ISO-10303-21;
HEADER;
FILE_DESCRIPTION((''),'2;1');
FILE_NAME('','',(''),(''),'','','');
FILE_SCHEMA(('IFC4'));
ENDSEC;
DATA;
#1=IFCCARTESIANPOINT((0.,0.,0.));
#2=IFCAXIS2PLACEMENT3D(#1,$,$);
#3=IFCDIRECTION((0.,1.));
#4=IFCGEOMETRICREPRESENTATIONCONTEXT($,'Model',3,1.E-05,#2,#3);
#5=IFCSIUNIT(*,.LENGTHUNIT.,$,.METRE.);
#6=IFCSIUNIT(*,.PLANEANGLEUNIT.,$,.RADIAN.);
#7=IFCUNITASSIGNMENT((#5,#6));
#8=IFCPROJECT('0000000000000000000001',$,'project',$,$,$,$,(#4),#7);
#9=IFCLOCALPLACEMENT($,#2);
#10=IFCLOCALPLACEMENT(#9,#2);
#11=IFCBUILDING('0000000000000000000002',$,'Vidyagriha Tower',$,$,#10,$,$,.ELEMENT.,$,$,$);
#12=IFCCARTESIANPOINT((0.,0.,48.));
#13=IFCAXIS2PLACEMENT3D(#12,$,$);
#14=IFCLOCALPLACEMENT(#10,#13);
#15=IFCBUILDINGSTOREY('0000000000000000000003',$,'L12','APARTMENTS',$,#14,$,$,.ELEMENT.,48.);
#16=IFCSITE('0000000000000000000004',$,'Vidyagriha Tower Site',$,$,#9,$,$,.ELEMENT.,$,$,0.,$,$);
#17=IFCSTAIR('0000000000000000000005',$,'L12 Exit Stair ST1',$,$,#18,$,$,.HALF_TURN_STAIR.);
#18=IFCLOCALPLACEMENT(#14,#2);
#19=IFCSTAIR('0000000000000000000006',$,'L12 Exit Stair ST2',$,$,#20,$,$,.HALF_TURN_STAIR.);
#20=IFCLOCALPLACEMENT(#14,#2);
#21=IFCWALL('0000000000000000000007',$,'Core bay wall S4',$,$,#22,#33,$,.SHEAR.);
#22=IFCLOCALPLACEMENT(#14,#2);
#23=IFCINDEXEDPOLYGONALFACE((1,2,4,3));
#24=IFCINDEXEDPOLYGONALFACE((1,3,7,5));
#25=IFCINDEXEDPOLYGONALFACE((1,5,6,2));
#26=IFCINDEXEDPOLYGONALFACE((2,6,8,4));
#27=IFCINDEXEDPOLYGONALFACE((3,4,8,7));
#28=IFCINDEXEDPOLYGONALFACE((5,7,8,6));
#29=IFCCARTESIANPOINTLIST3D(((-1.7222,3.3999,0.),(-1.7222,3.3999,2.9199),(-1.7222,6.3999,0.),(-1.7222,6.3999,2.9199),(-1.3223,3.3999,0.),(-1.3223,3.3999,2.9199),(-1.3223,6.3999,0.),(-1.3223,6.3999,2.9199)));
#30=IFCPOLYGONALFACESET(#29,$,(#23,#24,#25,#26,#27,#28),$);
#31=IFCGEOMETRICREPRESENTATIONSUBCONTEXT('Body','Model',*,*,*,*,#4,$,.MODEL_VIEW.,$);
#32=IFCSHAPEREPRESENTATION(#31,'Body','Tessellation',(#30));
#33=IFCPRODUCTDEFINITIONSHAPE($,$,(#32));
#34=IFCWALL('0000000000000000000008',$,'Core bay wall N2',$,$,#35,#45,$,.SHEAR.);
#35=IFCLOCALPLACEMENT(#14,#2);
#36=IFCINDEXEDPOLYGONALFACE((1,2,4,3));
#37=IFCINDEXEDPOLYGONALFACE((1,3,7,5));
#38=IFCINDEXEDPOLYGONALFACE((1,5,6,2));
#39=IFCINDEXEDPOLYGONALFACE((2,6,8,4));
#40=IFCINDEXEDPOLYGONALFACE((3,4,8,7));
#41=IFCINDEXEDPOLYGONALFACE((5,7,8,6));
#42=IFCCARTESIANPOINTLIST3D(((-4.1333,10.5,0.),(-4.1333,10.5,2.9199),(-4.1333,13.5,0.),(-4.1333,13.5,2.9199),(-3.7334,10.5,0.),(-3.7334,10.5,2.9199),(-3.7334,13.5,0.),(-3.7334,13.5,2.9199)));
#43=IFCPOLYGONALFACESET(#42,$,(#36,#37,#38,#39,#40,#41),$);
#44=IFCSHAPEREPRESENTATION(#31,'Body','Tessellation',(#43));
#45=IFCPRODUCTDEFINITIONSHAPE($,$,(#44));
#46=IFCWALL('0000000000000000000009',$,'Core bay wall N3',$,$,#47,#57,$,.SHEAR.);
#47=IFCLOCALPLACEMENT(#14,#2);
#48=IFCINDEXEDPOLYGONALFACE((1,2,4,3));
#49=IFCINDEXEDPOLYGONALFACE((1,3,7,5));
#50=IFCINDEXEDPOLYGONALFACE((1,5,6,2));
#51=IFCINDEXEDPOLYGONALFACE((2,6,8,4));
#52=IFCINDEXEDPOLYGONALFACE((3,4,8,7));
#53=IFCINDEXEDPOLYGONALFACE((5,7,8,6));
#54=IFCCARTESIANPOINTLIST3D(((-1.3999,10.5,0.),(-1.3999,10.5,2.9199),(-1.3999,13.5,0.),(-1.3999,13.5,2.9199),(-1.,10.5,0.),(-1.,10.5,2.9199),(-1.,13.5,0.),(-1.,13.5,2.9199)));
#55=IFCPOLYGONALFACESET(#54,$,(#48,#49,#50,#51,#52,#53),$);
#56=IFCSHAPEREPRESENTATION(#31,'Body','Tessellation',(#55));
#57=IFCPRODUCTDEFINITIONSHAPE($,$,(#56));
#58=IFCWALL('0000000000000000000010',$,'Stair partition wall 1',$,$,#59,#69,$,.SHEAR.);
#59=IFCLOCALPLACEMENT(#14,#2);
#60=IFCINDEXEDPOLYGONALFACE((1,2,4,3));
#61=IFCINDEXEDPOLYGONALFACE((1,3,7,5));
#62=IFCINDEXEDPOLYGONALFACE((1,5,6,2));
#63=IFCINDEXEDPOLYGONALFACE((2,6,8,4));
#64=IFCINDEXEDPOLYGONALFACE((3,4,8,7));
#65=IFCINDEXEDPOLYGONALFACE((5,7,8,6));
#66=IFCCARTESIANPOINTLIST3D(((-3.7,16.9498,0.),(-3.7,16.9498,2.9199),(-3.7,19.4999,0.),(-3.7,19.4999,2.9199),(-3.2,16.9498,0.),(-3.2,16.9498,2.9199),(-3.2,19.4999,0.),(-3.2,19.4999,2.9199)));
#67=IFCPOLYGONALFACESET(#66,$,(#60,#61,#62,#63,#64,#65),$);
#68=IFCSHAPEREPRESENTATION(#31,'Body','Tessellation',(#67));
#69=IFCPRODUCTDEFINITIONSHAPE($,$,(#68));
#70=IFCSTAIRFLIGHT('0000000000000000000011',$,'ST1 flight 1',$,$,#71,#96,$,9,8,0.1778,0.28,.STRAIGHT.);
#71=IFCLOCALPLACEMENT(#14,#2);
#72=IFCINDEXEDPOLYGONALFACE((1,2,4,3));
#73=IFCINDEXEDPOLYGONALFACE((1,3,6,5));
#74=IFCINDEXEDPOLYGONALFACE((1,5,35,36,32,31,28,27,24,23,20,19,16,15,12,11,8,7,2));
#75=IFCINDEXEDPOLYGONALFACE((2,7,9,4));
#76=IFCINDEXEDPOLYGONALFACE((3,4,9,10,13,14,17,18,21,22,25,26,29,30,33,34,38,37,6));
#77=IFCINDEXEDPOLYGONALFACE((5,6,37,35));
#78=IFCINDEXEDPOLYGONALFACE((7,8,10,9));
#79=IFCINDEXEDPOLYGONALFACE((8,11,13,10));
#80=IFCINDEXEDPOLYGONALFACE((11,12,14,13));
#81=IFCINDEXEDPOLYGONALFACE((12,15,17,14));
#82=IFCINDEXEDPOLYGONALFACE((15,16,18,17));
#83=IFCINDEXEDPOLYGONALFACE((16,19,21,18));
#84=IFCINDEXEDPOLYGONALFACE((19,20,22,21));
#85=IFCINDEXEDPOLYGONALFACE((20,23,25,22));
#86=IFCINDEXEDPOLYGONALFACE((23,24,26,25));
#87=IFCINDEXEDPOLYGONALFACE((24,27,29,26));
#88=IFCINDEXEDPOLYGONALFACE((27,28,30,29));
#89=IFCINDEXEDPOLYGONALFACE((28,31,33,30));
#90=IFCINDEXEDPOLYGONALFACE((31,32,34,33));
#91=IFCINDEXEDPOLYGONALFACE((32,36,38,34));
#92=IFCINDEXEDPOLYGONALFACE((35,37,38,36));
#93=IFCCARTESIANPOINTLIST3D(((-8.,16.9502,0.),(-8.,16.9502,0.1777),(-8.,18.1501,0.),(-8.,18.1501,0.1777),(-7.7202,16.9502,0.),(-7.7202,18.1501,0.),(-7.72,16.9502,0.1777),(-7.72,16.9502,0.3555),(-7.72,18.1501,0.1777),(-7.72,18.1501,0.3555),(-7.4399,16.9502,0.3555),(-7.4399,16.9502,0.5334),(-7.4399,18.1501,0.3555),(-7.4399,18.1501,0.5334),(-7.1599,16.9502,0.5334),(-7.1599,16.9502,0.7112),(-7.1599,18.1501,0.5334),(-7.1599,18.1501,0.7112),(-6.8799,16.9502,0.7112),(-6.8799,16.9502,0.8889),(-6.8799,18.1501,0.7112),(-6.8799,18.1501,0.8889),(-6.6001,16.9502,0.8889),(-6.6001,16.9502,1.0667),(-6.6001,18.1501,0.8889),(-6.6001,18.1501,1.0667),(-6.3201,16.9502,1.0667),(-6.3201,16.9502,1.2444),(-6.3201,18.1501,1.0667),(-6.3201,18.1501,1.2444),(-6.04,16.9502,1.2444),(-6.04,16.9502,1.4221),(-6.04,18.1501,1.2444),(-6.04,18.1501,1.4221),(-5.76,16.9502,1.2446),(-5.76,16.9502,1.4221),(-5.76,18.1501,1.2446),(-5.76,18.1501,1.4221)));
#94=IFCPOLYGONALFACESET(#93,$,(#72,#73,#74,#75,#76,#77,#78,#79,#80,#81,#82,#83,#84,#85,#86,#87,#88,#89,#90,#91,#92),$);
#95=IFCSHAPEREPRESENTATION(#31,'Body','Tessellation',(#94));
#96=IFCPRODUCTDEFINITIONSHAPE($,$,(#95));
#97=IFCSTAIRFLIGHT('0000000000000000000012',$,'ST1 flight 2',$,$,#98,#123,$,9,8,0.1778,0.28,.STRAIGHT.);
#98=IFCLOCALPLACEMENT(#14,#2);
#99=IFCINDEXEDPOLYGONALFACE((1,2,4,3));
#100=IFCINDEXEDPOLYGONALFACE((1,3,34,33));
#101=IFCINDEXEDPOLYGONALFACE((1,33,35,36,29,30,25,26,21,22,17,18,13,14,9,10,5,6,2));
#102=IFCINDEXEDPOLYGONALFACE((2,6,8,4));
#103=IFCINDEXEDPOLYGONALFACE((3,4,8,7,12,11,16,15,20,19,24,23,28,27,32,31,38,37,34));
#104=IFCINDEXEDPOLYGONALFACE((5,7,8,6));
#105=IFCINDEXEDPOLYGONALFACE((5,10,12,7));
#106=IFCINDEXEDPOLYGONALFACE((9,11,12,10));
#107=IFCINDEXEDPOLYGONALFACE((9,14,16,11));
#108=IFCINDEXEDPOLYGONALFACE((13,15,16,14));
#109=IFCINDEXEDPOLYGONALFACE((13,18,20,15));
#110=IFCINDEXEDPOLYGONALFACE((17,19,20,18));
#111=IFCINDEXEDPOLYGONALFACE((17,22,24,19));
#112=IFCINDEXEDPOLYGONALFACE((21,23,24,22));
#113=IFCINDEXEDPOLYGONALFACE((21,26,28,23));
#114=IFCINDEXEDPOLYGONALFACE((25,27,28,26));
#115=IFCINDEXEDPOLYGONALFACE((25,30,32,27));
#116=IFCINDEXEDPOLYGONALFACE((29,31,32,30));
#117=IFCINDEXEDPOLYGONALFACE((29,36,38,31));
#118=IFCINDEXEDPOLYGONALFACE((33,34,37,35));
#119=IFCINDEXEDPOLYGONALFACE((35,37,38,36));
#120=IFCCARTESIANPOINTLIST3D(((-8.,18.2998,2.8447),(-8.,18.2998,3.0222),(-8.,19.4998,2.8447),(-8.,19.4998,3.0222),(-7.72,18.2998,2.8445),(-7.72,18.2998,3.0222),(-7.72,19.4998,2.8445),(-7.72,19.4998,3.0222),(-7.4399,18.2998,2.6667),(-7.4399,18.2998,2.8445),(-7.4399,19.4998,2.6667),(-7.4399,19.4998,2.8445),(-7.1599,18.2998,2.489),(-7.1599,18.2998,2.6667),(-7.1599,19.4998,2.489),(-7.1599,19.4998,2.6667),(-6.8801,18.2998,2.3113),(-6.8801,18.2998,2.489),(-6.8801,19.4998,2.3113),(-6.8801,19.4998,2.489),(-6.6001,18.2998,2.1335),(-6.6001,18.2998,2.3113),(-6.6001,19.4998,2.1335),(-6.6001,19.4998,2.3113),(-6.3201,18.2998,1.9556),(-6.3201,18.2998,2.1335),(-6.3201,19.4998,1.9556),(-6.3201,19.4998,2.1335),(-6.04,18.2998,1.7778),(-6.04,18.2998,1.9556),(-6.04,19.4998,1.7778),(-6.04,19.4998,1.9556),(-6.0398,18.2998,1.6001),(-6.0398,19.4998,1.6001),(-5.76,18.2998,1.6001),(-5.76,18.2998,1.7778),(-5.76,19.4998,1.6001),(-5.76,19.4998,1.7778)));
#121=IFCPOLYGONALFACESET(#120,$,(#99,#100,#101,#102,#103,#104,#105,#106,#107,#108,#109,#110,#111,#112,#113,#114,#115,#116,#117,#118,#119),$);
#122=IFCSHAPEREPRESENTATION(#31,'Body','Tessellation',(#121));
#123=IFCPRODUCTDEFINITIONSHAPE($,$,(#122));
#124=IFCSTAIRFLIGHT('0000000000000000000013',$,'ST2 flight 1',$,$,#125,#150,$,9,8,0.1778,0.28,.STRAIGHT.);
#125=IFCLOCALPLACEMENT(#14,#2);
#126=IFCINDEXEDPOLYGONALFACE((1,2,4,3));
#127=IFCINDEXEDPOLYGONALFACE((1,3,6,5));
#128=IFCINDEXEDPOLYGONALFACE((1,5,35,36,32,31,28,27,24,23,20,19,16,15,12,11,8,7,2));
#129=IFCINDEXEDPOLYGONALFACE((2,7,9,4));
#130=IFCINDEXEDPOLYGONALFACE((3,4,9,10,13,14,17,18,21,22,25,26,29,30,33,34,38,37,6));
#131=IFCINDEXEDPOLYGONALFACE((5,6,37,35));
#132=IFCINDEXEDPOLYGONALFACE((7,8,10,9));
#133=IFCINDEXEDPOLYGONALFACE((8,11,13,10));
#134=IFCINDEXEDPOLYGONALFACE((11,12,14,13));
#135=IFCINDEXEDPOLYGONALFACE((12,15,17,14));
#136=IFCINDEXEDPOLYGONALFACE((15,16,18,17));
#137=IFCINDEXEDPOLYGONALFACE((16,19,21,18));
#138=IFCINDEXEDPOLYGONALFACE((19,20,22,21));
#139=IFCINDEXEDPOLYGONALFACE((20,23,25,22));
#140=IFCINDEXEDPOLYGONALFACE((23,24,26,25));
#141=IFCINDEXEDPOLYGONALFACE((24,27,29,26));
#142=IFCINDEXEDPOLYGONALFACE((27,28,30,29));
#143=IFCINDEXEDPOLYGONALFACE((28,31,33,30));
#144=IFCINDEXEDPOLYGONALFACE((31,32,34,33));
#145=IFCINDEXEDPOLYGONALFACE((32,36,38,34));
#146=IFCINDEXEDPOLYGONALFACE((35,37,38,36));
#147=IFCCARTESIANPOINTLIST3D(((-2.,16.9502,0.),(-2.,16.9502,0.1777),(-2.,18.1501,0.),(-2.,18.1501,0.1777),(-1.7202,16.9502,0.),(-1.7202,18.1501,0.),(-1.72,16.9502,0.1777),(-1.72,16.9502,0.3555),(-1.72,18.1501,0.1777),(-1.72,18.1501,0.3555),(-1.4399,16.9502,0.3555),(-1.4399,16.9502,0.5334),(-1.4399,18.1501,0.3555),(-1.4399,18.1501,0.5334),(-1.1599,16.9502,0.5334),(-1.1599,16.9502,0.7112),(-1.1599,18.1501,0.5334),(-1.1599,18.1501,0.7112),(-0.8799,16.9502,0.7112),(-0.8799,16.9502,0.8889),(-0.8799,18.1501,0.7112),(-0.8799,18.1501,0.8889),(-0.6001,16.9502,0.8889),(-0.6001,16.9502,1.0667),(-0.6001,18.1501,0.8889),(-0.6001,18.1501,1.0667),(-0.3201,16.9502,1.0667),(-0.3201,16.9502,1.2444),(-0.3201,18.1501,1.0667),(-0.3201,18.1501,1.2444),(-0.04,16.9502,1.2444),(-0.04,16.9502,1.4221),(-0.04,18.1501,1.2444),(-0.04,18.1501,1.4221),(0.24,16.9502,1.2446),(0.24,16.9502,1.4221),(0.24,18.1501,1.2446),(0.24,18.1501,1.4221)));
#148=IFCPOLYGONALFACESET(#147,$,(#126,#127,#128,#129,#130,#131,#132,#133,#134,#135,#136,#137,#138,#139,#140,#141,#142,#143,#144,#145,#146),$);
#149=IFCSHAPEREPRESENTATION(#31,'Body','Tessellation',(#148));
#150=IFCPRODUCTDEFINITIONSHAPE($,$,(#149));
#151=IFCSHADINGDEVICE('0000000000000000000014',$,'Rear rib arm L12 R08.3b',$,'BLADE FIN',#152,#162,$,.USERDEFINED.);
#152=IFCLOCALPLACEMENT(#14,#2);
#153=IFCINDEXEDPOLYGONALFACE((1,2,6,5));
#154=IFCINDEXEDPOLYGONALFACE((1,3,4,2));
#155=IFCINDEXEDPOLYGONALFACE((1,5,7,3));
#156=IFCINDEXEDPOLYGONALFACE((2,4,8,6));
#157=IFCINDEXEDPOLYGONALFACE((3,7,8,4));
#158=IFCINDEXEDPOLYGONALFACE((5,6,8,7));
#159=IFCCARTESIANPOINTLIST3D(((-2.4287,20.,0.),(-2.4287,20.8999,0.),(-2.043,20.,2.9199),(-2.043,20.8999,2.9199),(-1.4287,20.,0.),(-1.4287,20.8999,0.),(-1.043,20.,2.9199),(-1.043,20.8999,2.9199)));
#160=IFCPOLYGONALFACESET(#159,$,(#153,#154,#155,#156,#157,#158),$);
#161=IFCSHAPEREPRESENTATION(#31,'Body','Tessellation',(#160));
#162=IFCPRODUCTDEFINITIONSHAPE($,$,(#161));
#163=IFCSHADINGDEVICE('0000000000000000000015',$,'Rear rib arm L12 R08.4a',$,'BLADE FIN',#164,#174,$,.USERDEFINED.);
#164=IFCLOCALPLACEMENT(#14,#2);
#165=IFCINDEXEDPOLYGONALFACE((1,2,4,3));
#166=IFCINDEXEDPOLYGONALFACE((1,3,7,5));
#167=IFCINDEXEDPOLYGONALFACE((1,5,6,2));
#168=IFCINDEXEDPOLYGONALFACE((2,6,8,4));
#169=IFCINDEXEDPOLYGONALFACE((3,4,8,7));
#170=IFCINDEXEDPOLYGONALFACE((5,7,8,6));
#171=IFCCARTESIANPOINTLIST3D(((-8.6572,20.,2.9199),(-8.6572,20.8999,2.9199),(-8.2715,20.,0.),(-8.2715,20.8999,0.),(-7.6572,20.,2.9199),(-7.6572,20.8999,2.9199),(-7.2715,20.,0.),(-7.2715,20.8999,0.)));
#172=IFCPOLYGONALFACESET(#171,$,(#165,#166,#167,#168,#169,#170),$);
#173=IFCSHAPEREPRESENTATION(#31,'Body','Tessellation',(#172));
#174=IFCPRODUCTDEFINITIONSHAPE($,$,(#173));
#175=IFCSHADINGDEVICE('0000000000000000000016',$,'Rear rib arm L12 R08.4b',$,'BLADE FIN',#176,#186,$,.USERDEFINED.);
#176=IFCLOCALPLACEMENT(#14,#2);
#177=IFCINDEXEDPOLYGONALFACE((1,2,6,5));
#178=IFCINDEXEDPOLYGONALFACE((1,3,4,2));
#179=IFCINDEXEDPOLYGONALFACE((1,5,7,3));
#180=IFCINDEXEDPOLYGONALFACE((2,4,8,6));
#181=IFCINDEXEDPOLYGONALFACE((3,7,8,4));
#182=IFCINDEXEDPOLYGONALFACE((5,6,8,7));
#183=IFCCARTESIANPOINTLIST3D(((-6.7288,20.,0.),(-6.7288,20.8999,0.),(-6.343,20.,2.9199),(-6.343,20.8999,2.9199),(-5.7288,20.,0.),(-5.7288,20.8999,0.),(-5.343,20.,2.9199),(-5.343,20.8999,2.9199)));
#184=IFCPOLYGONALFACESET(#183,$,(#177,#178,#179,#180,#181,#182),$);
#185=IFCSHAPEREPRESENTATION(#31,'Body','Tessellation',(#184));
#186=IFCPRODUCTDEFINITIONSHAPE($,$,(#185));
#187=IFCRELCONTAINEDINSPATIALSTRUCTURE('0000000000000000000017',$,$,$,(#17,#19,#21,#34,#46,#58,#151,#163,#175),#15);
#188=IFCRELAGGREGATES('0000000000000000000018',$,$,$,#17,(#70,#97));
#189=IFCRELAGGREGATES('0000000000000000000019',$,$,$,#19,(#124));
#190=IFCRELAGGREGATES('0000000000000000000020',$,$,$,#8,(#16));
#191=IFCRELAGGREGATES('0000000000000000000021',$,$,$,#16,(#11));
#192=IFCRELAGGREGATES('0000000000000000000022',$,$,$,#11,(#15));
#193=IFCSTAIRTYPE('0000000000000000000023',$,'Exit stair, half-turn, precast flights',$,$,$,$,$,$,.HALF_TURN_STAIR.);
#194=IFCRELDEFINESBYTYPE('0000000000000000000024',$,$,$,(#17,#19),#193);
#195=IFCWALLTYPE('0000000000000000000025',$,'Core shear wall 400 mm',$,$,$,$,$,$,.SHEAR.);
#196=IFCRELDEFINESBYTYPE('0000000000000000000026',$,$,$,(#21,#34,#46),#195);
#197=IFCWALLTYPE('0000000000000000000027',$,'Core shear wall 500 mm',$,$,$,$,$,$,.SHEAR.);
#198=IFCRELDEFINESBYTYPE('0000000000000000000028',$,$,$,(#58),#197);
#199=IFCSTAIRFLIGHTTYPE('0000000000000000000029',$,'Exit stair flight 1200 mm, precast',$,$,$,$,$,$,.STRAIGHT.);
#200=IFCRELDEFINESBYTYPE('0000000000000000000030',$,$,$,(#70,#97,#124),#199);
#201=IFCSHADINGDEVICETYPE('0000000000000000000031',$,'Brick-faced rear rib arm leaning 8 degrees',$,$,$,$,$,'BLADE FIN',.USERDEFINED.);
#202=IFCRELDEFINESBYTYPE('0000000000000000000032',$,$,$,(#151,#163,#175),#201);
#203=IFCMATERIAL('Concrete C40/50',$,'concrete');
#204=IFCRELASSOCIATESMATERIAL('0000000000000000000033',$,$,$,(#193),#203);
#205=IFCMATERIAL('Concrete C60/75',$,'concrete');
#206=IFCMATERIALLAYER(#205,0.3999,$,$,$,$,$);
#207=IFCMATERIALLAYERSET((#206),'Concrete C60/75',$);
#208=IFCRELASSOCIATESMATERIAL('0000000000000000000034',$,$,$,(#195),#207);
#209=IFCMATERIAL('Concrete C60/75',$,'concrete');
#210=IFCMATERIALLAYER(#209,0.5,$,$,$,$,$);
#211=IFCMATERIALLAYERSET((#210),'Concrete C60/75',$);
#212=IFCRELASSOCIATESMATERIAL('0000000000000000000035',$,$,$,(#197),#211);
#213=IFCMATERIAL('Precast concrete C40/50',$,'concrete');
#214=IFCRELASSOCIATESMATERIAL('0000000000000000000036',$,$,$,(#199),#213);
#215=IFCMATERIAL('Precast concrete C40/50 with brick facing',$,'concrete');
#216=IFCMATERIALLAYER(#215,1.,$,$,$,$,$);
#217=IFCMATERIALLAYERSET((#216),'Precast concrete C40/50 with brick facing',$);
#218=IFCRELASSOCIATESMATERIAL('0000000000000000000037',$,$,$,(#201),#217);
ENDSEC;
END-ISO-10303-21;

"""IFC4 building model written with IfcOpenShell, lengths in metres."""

from ifc_helpers import new_model, si_unit, direction, frame, frame_2d, origin, place, context, subcontext, project, spatial, polyline, rectangle, outline, extrude, material, layer, layer_set, type_object, element, aggregate, save


model = new_model("IFC4")

# Units and contexts
model_context = context("Model", 3, precision=1e-05, world=origin(), true_north=direction((0.0, 1.0)))
body_context = subcontext(model_context, "Body", "Model", "MODEL_VIEW")
ifc_project = project(units=[si_unit("LENGTHUNIT", "METRE"), si_unit("PLANEANGLEUNIT", "RADIAN")], contexts=[model_context])

# Site, building, storey
site_placement = place(None, origin())
site = spatial("IfcSite", under=ifc_project, at=site_placement, Name="Vidyagriha Tower Site", CompositionType="ELEMENT", RefElevation=0.0)
building_placement = place(site_placement, origin())
building = spatial("IfcBuilding", under=site, at=building_placement, Name="Vidyagriha Tower", CompositionType="ELEMENT")
storey_placement = place(building_placement, frame((0.0, 0.0, 48.0)))
storey = spatial("IfcBuildingStorey", under=building, at=storey_placement, Name="L12", Description="APARTMENTS", CompositionType="ELEMENT", Elevation=48.0)

# Stairs
ifc_material_1 = material(Name="Concrete C40/50", Category="concrete")
stair_type = type_object("IfcStairType", Name="Exit stair, half-turn, precast flights", PredefinedType="HALF_TURN_STAIR", material=ifc_material_1)
stair_1_placement = place(storey_placement, origin())
stair_1 = element("IfcStair", 1, at=stair_1_placement, inside=storey, type_object=stair_type, Name="L12 Exit Stair ST1", PredefinedType="HALF_TURN_STAIR")
stair_2_placement = place(storey_placement, origin())
stair_2 = element("IfcStair", 2, at=stair_2_placement, inside=storey, type_object=stair_type, Name="L12 Exit Stair ST2", PredefinedType="HALF_TURN_STAIR")

# Walls
ifc_material_2 = material(Name="Concrete C60/75", Category="concrete")
ifc_layer_1 = layer(ifc_material_2, 0.3999)
ifc_layer_set_1 = layer_set([ifc_layer_1], Name="Concrete C60/75")
wall_type_1 = type_object("IfcWallType", Name="Core shear wall 400 mm", PredefinedType="SHEAR", material=ifc_layer_set_1)
for number, where, z_axis, x_axis, name in (
    (3, (-1.5222, 3.3999, 0.0), (0.0, 0.0, 1.0), (0.0, 1.0, 0.0), "Core bay wall S4"),
    (4, (-3.9333, 10.5, 0.0), (0.0, 0.0, 1.0), (0.0, 1.0, 0.0), "Core bay wall N2"),
    (5, (-1.2, 10.5, 0.0), (0.0, 0.0, 1.0), (0.0, 1.0, 0.0), "Core bay wall N3"),
):
    element("IfcWall", number, at=place(storey_placement, frame(where, z_axis=z_axis, x_axis=x_axis)), inside=storey, type_object=wall_type_1, Name=name, PredefinedType="SHEAR", context=body_context, shape_type="SweptSolid", body=[
        extrude(rectangle(XDim=3.0, YDim=0.3999, at=frame_2d((1.5, 0.0))), origin(), (0.0, 0.0, 1.0), 2.9199),
    ])
ifc_material_3 = material(Name="Concrete C60/75", Category="concrete")
ifc_layer_2 = layer(ifc_material_3, 0.5)
ifc_layer_set_2 = layer_set([ifc_layer_2], Name="Concrete C60/75")
wall_type_2 = type_object("IfcWallType", Name="Core shear wall 500 mm", PredefinedType="SHEAR", material=ifc_layer_set_2)
wall_placement = place(storey_placement, frame((-3.45, 16.95, 0.0), z_axis=(0.0, 0.0, 1.0), x_axis=(0.0, 1.0, 0.0)))
element("IfcWall", 6, at=wall_placement, inside=storey, type_object=wall_type_2, Name="Stair partition wall 1", PredefinedType="SHEAR", context=body_context, shape_type="SweptSolid", body=[
    extrude(rectangle(XDim=2.55, YDim=0.5, at=frame_2d((1.2749, 0.0))), origin(), (0.0, 0.0, 1.0), 2.9199),
])

# Stair flights
ifc_material_4 = material(Name="Precast concrete C40/50", Category="concrete")
stair_flight_type = type_object("IfcStairFlightType", Name="Exit stair flight 1200 mm, precast", PredefinedType="STRAIGHT", material=ifc_material_4)
stair_flight_1_placement = place(storey_placement, frame((-8.0, 17.55, 0.0)))
stair_flight_1 = element("IfcStairFlight", 7, at=stair_flight_1_placement, type_object=stair_flight_type, Name="ST1 flight 1", NumberOfRisers=9, NumberOfTreads=8, PredefinedType="STRAIGHT", RiserHeight=0.1778, TreadLength=0.28, context=body_context, shape_type="SweptSolid", body=[
    extrude(outline(polyline([(0.0, 0.0), (0.0, 0.1777), (0.28, 0.1777), (0.28, 0.3555), (0.5601, 0.3555), (0.5601, 0.5334), (0.8401, 0.5334), (0.8401, 0.7112), (1.1201, 0.7112), (1.1201, 0.8889), (1.3999, 0.8889), (1.3999, 1.0667), (1.6799, 1.0667), (1.6799, 1.2444), (1.96, 1.2444), (1.96, 1.4221), (2.24, 1.4221), (2.24, 1.6001), (2.24, 1.2446), (0.2798, 0.0), (0.0, 0.0)])), frame((0.0, 0.6001, 0.0), z_axis=(0.0, -1.0, 0.0), x_axis=(1.0, 0.0, 0.0)), (0.0, 0.0, 1.0), 1.2),
])
stair_flight_2_placement = place(storey_placement, frame((-5.76, 18.8999, 1.6001), z_axis=(0.0, 0.0, 1.0), x_axis=(-1.0, 0.0, 0.0)))
stair_flight_2 = element("IfcStairFlight", 8, at=stair_flight_2_placement, type_object=stair_flight_type, Name="ST1 flight 2", NumberOfRisers=9, NumberOfTreads=8, PredefinedType="STRAIGHT", RiserHeight=0.1778, TreadLength=0.28, context=body_context, shape_type="SweptSolid", body=[
    extrude(outline(polyline([(0.0, 0.0), (0.0, 0.1777), (0.28, 0.1777), (0.28, 0.3555), (0.5601, 0.3555), (0.5601, 0.5334), (0.8401, 0.5334), (0.8401, 0.7112), (1.1201, 0.7112), (1.1201, 0.8889), (1.3999, 0.8889), (1.3999, 1.0667), (1.6799, 1.0667), (1.6799, 1.2444), (1.96, 1.2444), (1.96, 1.4221), (2.24, 1.4221), (2.24, 1.6001), (2.24, 1.2446), (0.2798, 0.0), (0.0, 0.0)])), frame((0.0, 0.6001, 0.0), z_axis=(0.0, -1.0, 0.0), x_axis=(1.0, 0.0, 0.0)), (0.0, 0.0, 1.0), 1.2),
])
aggregate(stair_1, [stair_flight_1, stair_flight_2])
stair_flight_3_placement = place(storey_placement, frame((-2.0, 17.55, 0.0)))
stair_flight_3 = element("IfcStairFlight", 9, at=stair_flight_3_placement, type_object=stair_flight_type, Name="ST2 flight 1", NumberOfRisers=9, NumberOfTreads=8, PredefinedType="STRAIGHT", RiserHeight=0.1778, TreadLength=0.28, context=body_context, shape_type="SweptSolid", body=[
    extrude(outline(polyline([(0.0, 0.0), (0.0, 0.1777), (0.28, 0.1777), (0.28, 0.3555), (0.5601, 0.3555), (0.5601, 0.5334), (0.8401, 0.5334), (0.8401, 0.7112), (1.1201, 0.7112), (1.1201, 0.8889), (1.3999, 0.8889), (1.3999, 1.0667), (1.6799, 1.0667), (1.6799, 1.2444), (1.96, 1.2444), (1.96, 1.4221), (2.24, 1.4221), (2.24, 1.6001), (2.24, 1.2446), (0.2798, 0.0), (0.0, 0.0)])), frame((0.0, 0.6001, 0.0), z_axis=(0.0, -1.0, 0.0), x_axis=(1.0, 0.0, 0.0)), (0.0, 0.0, 1.0), 1.2),
])
aggregate(stair_2, [stair_flight_3])

# Shading devices
ifc_material_5 = material(Name="Precast concrete C40/50 with brick facing", Category="concrete")
ifc_layer_3 = layer(ifc_material_5, 1.0)
ifc_layer_set_3 = layer_set([ifc_layer_3], Name="Precast concrete C40/50 with brick facing")
shading_device_type = type_object("IfcShadingDeviceType", Name="Brick-faced rear rib arm leaning 8 degrees", ElementType="BLADE FIN", PredefinedType="USERDEFINED", material=ifc_layer_set_3)
shading_device_1_placement = place(storey_placement, frame((-1.043, 20.45, 0.0), z_axis=(0.0, 0.0, 1.0), x_axis=(-1.0, 0.0, 0.0)))
element("IfcShadingDevice", 10, at=shading_device_1_placement, inside=storey, type_object=shading_device_type, Name="Rear rib arm L12 R08.3b", ObjectType="BLADE FIN", PredefinedType="USERDEFINED", context=body_context, shape_type="SweptSolid", body=[
    extrude(outline(polyline([(0.3857, 0.0), (1.3857, 0.0), (1.0, 2.9199), (0.0, 2.9199), (0.3857, 0.0)])), frame((0.0, 0.45, 0.0), z_axis=(0.0, -1.0, 0.0), x_axis=(1.0, 0.0, 0.0)), (0.0, 0.0, 1.0), 0.8999),
])
shading_device_2_placement = place(storey_placement, frame((-7.2715, 20.45, 0.0), z_axis=(0.0, 0.0, 1.0), x_axis=(-1.0, 0.0, 0.0)))
element("IfcShadingDevice", 11, at=shading_device_2_placement, inside=storey, type_object=shading_device_type, Name="Rear rib arm L12 R08.4a", ObjectType="BLADE FIN", PredefinedType="USERDEFINED", context=body_context, shape_type="SweptSolid", body=[
    extrude(outline(polyline([(0.0, 0.0), (1.0, 0.0), (1.3857, 2.9199), (0.3857, 2.9199), (0.0, 0.0)])), frame((0.0, 0.45, 0.0), z_axis=(0.0, -1.0, 0.0), x_axis=(1.0, 0.0, 0.0)), (0.0, 0.0, 1.0), 0.8999),
])
shading_device_3_placement = place(storey_placement, frame((-5.343, 20.45, 0.0), z_axis=(0.0, 0.0, 1.0), x_axis=(-1.0, 0.0, 0.0)))
element("IfcShadingDevice", 12, at=shading_device_3_placement, inside=storey, type_object=shading_device_type, Name="Rear rib arm L12 R08.4b", ObjectType="BLADE FIN", PredefinedType="USERDEFINED", context=body_context, shape_type="SweptSolid", body=[
    extrude(outline(polyline([(0.3857, 0.0), (1.3857, 0.0), (1.0, 2.9199), (0.0, 2.9199), (0.3857, 0.0)])), frame((0.0, 0.45, 0.0), z_axis=(0.0, -1.0, 0.0), x_axis=(1.0, 0.0, 0.0)), (0.0, 0.0, 1.0), 0.8999),
])

save(model, "model.ifc")
